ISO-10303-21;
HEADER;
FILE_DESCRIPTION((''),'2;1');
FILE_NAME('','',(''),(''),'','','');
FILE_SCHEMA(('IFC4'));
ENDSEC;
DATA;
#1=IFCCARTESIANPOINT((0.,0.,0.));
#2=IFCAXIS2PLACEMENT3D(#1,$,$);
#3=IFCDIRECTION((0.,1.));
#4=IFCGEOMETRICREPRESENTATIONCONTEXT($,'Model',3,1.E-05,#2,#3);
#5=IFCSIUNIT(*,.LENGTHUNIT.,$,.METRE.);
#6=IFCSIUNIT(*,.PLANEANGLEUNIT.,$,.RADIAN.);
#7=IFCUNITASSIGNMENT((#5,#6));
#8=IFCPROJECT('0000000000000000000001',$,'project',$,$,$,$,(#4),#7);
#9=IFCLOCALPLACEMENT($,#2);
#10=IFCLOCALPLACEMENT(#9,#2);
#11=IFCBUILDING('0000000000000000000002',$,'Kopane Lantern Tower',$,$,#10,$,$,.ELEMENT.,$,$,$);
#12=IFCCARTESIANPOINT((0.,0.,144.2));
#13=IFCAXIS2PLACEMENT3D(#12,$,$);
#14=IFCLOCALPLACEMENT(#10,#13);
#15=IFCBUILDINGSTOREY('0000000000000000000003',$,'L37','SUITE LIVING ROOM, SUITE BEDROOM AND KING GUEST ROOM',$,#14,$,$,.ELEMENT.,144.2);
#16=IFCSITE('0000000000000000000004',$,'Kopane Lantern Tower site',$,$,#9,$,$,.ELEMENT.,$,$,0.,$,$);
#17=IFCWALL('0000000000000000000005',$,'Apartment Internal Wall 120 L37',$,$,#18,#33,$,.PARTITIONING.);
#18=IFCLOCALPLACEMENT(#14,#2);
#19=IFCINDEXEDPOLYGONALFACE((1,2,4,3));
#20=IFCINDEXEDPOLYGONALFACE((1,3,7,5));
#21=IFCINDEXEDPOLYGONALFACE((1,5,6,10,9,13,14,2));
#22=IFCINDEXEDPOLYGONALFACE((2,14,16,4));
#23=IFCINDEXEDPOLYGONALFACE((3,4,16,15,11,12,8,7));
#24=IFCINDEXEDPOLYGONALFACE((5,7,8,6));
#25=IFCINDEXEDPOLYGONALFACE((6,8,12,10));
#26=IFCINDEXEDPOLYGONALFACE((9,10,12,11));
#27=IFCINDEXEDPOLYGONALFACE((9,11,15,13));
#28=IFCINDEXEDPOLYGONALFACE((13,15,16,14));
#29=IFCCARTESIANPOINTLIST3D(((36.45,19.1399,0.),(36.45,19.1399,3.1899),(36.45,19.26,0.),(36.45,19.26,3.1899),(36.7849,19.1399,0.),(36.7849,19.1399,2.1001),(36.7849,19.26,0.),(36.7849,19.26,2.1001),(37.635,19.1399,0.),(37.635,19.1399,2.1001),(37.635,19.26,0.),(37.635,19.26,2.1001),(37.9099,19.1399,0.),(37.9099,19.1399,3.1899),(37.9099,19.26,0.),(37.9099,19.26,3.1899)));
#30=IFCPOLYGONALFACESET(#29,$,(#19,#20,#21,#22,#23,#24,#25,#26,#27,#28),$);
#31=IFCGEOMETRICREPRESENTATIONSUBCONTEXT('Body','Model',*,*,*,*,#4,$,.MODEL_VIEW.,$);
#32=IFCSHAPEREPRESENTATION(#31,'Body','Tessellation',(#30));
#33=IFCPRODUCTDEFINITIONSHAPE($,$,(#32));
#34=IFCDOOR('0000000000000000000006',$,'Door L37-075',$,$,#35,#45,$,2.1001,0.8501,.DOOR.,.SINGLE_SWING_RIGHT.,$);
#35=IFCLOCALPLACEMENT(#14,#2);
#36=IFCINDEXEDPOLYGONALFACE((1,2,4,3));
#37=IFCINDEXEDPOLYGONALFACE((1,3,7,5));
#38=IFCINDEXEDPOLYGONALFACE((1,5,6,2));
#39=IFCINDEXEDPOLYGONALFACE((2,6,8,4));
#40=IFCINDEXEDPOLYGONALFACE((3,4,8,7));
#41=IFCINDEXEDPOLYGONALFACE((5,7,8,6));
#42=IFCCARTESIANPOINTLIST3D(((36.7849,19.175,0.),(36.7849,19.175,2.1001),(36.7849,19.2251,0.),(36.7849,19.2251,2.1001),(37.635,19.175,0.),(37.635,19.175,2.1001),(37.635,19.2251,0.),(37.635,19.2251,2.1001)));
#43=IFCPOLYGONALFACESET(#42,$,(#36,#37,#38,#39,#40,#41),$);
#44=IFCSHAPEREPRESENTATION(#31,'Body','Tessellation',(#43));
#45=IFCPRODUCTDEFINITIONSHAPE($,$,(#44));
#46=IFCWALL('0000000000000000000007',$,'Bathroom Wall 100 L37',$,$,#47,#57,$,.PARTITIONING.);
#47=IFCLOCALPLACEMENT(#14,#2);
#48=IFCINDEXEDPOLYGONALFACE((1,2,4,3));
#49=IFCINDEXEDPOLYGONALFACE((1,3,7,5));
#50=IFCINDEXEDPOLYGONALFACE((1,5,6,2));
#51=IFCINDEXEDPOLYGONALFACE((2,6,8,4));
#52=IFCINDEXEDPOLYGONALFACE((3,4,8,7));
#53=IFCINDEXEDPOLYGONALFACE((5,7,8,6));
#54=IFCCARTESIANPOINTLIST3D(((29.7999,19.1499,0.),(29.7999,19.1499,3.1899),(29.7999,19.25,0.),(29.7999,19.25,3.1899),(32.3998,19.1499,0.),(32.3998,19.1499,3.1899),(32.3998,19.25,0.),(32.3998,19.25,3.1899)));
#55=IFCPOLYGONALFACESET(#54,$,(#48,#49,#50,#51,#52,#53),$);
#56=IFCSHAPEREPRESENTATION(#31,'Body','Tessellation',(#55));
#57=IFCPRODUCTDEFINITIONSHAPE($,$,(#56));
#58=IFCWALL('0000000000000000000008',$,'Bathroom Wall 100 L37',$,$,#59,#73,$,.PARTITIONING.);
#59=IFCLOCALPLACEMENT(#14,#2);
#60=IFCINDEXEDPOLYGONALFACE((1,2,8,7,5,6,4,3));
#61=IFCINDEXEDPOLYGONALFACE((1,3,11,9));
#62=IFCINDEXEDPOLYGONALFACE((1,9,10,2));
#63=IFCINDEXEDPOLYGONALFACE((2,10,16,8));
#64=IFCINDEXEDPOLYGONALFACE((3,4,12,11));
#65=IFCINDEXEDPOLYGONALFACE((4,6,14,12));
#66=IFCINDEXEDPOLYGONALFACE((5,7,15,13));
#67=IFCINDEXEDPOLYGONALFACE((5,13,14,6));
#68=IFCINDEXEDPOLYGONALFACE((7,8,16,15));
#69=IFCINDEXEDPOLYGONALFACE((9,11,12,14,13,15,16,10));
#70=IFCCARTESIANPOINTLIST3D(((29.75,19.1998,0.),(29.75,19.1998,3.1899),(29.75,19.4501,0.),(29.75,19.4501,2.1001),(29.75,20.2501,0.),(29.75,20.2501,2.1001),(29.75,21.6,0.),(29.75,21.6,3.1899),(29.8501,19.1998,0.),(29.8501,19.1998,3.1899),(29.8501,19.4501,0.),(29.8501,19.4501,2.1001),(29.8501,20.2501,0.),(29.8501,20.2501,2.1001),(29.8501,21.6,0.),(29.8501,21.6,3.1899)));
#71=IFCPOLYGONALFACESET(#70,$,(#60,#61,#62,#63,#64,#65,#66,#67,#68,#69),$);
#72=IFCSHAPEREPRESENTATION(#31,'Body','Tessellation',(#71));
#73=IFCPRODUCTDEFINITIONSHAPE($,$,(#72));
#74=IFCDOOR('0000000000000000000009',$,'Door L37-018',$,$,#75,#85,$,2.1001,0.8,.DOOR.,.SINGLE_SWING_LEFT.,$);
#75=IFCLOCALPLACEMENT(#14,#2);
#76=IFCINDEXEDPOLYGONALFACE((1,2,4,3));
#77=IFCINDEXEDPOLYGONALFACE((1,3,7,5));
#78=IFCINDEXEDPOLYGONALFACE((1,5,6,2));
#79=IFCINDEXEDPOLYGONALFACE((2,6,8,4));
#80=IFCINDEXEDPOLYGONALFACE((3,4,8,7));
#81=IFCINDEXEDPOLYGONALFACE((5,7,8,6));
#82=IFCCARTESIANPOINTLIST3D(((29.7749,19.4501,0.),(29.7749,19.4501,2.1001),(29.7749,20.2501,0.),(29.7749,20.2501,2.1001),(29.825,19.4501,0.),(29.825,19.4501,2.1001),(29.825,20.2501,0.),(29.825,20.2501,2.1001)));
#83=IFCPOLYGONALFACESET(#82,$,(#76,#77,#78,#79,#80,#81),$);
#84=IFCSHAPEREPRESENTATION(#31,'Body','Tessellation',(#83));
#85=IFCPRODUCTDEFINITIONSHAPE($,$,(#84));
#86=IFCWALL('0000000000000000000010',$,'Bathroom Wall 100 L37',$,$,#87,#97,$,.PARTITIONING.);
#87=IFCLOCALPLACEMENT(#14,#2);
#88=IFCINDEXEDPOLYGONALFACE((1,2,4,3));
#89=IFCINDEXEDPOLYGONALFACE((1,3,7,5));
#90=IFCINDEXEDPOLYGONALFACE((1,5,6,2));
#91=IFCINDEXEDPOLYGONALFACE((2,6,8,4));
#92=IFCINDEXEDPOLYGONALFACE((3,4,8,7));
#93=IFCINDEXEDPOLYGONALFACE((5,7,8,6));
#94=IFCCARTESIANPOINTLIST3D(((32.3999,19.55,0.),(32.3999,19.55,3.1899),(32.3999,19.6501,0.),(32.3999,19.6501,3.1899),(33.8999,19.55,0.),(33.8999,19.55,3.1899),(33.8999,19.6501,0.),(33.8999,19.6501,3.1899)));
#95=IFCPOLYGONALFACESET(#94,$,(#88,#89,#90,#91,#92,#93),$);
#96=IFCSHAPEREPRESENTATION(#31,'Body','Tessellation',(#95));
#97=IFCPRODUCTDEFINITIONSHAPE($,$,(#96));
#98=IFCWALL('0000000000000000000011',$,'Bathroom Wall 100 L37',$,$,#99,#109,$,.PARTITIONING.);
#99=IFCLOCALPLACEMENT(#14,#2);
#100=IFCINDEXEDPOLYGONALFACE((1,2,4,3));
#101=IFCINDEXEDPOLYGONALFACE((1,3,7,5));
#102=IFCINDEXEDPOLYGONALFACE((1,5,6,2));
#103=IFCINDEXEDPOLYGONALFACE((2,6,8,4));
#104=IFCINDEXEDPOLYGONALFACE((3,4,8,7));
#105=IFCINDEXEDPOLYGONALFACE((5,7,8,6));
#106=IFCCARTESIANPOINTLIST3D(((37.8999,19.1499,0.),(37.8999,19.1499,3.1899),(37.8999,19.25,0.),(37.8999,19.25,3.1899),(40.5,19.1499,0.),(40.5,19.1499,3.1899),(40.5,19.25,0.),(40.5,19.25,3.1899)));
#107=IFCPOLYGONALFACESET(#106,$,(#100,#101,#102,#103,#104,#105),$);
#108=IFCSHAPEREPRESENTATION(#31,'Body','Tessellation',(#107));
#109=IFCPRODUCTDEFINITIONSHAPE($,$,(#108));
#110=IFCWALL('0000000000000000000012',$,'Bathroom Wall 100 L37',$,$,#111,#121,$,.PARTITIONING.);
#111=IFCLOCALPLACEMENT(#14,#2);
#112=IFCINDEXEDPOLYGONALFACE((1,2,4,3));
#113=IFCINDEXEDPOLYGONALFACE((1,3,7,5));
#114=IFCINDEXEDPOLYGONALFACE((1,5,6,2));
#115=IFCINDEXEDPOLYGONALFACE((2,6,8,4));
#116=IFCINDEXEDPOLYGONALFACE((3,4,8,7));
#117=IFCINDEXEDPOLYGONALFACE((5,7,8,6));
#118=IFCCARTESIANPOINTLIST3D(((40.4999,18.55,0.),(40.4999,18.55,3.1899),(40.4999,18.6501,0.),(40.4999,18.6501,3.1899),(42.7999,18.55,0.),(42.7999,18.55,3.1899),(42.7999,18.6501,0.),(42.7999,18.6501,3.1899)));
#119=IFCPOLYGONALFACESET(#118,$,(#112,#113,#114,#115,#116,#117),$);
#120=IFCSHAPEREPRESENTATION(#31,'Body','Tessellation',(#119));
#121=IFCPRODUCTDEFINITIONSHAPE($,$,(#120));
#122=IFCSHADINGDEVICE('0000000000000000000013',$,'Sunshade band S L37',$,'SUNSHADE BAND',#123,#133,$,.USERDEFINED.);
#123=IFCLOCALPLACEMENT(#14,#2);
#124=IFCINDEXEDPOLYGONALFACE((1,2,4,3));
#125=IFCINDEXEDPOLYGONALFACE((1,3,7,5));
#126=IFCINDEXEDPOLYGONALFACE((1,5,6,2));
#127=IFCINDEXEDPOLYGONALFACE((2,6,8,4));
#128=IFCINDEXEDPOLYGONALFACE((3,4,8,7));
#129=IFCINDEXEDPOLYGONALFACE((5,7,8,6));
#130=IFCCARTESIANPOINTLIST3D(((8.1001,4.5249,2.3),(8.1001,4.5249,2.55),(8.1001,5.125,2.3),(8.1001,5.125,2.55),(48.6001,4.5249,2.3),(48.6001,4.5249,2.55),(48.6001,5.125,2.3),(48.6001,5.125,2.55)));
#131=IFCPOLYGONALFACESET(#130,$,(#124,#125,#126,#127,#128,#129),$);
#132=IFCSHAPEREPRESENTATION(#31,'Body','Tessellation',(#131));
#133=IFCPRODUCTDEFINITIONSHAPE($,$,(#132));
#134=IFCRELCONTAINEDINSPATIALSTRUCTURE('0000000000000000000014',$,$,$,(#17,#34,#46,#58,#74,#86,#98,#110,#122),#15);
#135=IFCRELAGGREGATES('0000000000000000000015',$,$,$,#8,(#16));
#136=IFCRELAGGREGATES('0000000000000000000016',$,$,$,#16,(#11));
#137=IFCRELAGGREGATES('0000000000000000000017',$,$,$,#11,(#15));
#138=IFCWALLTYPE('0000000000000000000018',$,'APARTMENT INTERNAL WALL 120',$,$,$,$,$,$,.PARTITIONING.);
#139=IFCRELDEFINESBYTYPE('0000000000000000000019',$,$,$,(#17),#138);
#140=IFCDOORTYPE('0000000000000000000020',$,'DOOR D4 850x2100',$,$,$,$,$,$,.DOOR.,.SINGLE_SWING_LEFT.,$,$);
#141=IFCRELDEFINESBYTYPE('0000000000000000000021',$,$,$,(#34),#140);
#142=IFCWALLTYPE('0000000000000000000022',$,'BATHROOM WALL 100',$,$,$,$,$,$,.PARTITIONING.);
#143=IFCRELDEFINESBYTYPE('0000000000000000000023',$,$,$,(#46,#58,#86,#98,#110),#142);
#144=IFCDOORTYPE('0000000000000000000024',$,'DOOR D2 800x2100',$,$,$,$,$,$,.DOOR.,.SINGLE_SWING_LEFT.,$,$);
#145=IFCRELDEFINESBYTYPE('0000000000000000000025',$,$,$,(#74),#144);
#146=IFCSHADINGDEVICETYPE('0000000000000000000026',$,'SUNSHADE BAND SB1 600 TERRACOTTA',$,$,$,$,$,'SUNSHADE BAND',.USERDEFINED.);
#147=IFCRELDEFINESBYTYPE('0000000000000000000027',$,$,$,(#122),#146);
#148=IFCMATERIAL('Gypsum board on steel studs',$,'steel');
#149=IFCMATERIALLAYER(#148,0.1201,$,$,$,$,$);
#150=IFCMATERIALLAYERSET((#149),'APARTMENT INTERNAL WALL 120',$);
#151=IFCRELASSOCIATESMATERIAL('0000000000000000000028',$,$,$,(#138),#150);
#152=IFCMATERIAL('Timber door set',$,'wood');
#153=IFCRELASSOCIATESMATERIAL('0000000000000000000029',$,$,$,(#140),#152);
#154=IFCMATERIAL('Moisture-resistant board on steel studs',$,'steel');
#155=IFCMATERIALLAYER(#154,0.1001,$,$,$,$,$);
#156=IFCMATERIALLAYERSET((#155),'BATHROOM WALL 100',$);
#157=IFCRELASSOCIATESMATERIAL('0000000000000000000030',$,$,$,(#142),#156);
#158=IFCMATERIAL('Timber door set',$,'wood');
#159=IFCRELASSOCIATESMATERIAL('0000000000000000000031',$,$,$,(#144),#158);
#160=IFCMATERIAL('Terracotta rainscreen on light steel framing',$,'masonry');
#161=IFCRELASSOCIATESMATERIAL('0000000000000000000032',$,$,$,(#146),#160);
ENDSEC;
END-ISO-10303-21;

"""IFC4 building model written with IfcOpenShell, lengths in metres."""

from ifc_helpers import new_model, si_unit, direction, frame, frame_2d, origin, origin_2d, place, context, subcontext, project, spatial, rectangle, extrude, material, layer, layer_set, type_object, element, fill, save


model = new_model("IFC4")

# Units and contexts
model_context = context("Model", 3, precision=1e-05, world=origin(), true_north=direction((0.0, 1.0)))
body_context = subcontext(model_context, "Body", "Model", "MODEL_VIEW")
ifc_project = project(units=[si_unit("LENGTHUNIT", "METRE"), si_unit("PLANEANGLEUNIT", "RADIAN")], contexts=[model_context])

# Site, building, storey
site_placement = place(None, origin())
site = spatial("IfcSite", under=ifc_project, at=site_placement, Name="Kopane Lantern Tower site", CompositionType="ELEMENT", RefElevation=0.0)
building_placement = place(site_placement, origin())
building = spatial("IfcBuilding", under=site, at=building_placement, Name="Kopane Lantern Tower", CompositionType="ELEMENT")
storey_placement = place(building_placement, frame((0.0, 0.0, 144.2)))
storey = spatial("IfcBuildingStorey", under=building, at=storey_placement, Name="L37", Description="SUITE LIVING ROOM, SUITE BEDROOM AND KING GUEST ROOM", CompositionType="ELEMENT", Elevation=144.2)

# Wall, opening, door
ifc_material_1 = material(Name="Gypsum board on steel studs", Category="steel")
ifc_layer_1 = layer(ifc_material_1, 0.1201)
ifc_layer_set_1 = layer_set([ifc_layer_1], Name="APARTMENT INTERNAL WALL 120")
wall_type_1 = type_object("IfcWallType", Name="APARTMENT INTERNAL WALL 120", PredefinedType="PARTITIONING", material=ifc_layer_set_1)
ifc_material_2 = material(Name="Timber door set", Category="wood")
door_type_1 = type_object("IfcDoorType", Name="DOOR D4 850x2100", OperationType="SINGLE_SWING_LEFT", PredefinedType="DOOR", material=ifc_material_2)
wall_1_placement = place(storey_placement, frame((37.9099, 19.2, 0.0), z_axis=(0.0, 0.0, 1.0), x_axis=(-1.0, 0.0, 0.0)))
wall_1 = element("IfcWall", 1, at=wall_1_placement, inside=storey, type_object=wall_type_1, Name="Apartment Internal Wall 120 L37", PredefinedType="PARTITIONING", context=body_context, shape_type="SweptSolid", body=[
    extrude(rectangle(XDim=1.46, YDim=0.1201, at=frame_2d((0.73, 0.0))), origin(), (0.0, 0.0, 1.0), 3.1899),
])
opening_1_placement = place(wall_1_placement, frame((0.2749, 0.0, 0.0)))
opening_1 = element("IfcOpeningElement", 2, at=opening_1_placement, cuts=wall_1, PredefinedType="OPENING", context=body_context, shape_type="SweptSolid", body=[
    extrude(rectangle(XDim=0.8501, YDim=2.1001, at=frame_2d((0.425, 1.05))), frame((0.0, 0.0701, 0.0), z_axis=(0.0, -1.0, 0.0), x_axis=(1.0, 0.0, 0.0)), (0.0, 0.0, 1.0), 0.1401),
])
door_1_placement = place(opening_1_placement, origin())
door_1 = element("IfcDoor", 3, at=door_1_placement, inside=storey, type_object=door_type_1, Name="Door L37-075", OperationType="SINGLE_SWING_RIGHT", OverallHeight=2.1001, OverallWidth=0.8501, PredefinedType="DOOR", context=body_context, shape_type="SweptSolid", body=[
    extrude(rectangle(XDim=0.8501, YDim=2.1001, at=frame_2d((0.425, 1.05))), frame((0.0, 0.0249, 0.0), z_axis=(0.0, -1.0, 0.0), x_axis=(1.0, 0.0, 0.0)), (0.0, 0.0, 1.0), 0.05),
])
fill(opening_1, door_1)

# Wall
ifc_material_3 = material(Name="Moisture-resistant board on steel studs", Category="steel")
ifc_layer_2 = layer(ifc_material_3, 0.1001)
ifc_layer_set_2 = layer_set([ifc_layer_2], Name="BATHROOM WALL 100")
wall_type_2 = type_object("IfcWallType", Name="BATHROOM WALL 100", PredefinedType="PARTITIONING", material=ifc_layer_set_2)
wall_2_placement = place(storey_placement, frame((29.8, 19.2, 0.0), z_axis=(0.0, 0.0, 1.0), x_axis=(1.0, 0.0, 0.0)))
element("IfcWall", 4, at=wall_2_placement, inside=storey, type_object=wall_type_2, Name="Bathroom Wall 100 L37", PredefinedType="PARTITIONING", context=body_context, shape_type="SweptSolid", body=[
    extrude(rectangle(XDim=2.5999, YDim=0.1001, at=frame_2d((1.2998, 0.0))), origin(), (0.0, 0.0, 1.0), 3.1899),
])

# Wall, opening, door
wall_3_placement = place(storey_placement, frame((29.8, 21.6001, 0.0), z_axis=(0.0, 0.0, 1.0), x_axis=(0.0, -1.0, 0.0)))
wall_3 = element("IfcWall", 5, at=wall_3_placement, inside=storey, type_object=wall_type_2, Name="Bathroom Wall 100 L37", PredefinedType="PARTITIONING", context=body_context, shape_type="SweptSolid", body=[
    extrude(rectangle(XDim=2.4001, YDim=0.1001, at=frame_2d((1.2002, 0.0))), origin(), (0.0, 0.0, 1.0), 3.1899),
])
opening_2_placement = place(wall_3_placement, frame((1.3501, 0.0, 0.0)))
opening_2 = element("IfcOpeningElement", 6, at=opening_2_placement, cuts=wall_3, PredefinedType="OPENING", context=body_context, shape_type="SweptSolid", body=[
    extrude(rectangle(XDim=0.8, YDim=2.1001, at=frame_2d((0.3999, 1.05))), frame((0.0, 0.0601, 0.0), z_axis=(0.0, -1.0, 0.0), x_axis=(1.0, 0.0, 0.0)), (0.0, 0.0, 1.0), 0.1201),
])
ifc_material_4 = material(Name="Timber door set", Category="wood")
door_type_2 = type_object("IfcDoorType", Name="DOOR D2 800x2100", OperationType="SINGLE_SWING_LEFT", PredefinedType="DOOR", material=ifc_material_4)
door_2_placement = place(opening_2_placement, origin())
door_2 = element("IfcDoor", 7, at=door_2_placement, inside=storey, type_object=door_type_2, Name="Door L37-018", OperationType="SINGLE_SWING_LEFT", OverallHeight=2.1001, OverallWidth=0.8, PredefinedType="DOOR", context=body_context, shape_type="SweptSolid", body=[
    extrude(rectangle(XDim=0.8, YDim=2.1001, at=frame_2d((0.3999, 1.05))), frame((0.0, 0.0249, 0.0), z_axis=(0.0, -1.0, 0.0), x_axis=(1.0, 0.0, 0.0)), (0.0, 0.0, 1.0), 0.05),
])
fill(opening_2, door_2)

# Walls
wall_4_placement = place(storey_placement, frame((32.3999, 19.6001, 0.0), z_axis=(0.0, 0.0, 1.0), x_axis=(1.0, 0.0, 0.0)))
element("IfcWall", 8, at=wall_4_placement, inside=storey, type_object=wall_type_2, Name="Bathroom Wall 100 L37", PredefinedType="PARTITIONING", context=body_context, shape_type="SweptSolid", body=[
    extrude(rectangle(XDim=1.5, YDim=0.1001, at=frame_2d((0.75, 0.0))), origin(), (0.0, 0.0, 1.0), 3.1899),
])
wall_5_placement = place(storey_placement, frame((37.8999, 19.2, 0.0), z_axis=(0.0, 0.0, 1.0), x_axis=(1.0, 0.0, 0.0)))
element("IfcWall", 9, at=wall_5_placement, inside=storey, type_object=wall_type_2, Name="Bathroom Wall 100 L37", PredefinedType="PARTITIONING", context=body_context, shape_type="SweptSolid", body=[
    extrude(rectangle(XDim=2.6001, YDim=0.1001, at=frame_2d((1.3, 0.0))), origin(), (0.0, 0.0, 1.0), 3.1899),
])
wall_6_placement = place(storey_placement, frame((40.5, 18.6001, 0.0), z_axis=(0.0, 0.0, 1.0), x_axis=(1.0, 0.0, 0.0)))
element("IfcWall", 10, at=wall_6_placement, inside=storey, type_object=wall_type_2, Name="Bathroom Wall 100 L37", PredefinedType="PARTITIONING", context=body_context, shape_type="SweptSolid", body=[
    extrude(rectangle(XDim=2.3, YDim=0.1001, at=frame_2d((1.1499, 0.0))), origin(), (0.0, 0.0, 1.0), 3.1899),
])

# Shading device
ifc_material_5 = material(Name="Terracotta rainscreen on light steel framing", Category="masonry")
shading_device_type = type_object("IfcShadingDeviceType", Name="SUNSHADE BAND SB1 600 TERRACOTTA", ElementType="SUNSHADE BAND", PredefinedType="USERDEFINED", material=ifc_material_5)
shading_device_placement = place(storey_placement, frame((28.3501, 4.825, 2.3), z_axis=(0.0, 0.0, 1.0), x_axis=(1.0, 0.0, 0.0)))
element("IfcShadingDevice", 11, at=shading_device_placement, inside=storey, type_object=shading_device_type, Name="Sunshade band S L37", ObjectType="SUNSHADE BAND", PredefinedType="USERDEFINED", context=body_context, shape_type="SweptSolid", body=[
    extrude(rectangle(XDim=40.5, YDim=0.6001, at=origin_2d()), origin(), (0.0, 0.0, 1.0), 0.25),
])

save(model, "model.ifc")
